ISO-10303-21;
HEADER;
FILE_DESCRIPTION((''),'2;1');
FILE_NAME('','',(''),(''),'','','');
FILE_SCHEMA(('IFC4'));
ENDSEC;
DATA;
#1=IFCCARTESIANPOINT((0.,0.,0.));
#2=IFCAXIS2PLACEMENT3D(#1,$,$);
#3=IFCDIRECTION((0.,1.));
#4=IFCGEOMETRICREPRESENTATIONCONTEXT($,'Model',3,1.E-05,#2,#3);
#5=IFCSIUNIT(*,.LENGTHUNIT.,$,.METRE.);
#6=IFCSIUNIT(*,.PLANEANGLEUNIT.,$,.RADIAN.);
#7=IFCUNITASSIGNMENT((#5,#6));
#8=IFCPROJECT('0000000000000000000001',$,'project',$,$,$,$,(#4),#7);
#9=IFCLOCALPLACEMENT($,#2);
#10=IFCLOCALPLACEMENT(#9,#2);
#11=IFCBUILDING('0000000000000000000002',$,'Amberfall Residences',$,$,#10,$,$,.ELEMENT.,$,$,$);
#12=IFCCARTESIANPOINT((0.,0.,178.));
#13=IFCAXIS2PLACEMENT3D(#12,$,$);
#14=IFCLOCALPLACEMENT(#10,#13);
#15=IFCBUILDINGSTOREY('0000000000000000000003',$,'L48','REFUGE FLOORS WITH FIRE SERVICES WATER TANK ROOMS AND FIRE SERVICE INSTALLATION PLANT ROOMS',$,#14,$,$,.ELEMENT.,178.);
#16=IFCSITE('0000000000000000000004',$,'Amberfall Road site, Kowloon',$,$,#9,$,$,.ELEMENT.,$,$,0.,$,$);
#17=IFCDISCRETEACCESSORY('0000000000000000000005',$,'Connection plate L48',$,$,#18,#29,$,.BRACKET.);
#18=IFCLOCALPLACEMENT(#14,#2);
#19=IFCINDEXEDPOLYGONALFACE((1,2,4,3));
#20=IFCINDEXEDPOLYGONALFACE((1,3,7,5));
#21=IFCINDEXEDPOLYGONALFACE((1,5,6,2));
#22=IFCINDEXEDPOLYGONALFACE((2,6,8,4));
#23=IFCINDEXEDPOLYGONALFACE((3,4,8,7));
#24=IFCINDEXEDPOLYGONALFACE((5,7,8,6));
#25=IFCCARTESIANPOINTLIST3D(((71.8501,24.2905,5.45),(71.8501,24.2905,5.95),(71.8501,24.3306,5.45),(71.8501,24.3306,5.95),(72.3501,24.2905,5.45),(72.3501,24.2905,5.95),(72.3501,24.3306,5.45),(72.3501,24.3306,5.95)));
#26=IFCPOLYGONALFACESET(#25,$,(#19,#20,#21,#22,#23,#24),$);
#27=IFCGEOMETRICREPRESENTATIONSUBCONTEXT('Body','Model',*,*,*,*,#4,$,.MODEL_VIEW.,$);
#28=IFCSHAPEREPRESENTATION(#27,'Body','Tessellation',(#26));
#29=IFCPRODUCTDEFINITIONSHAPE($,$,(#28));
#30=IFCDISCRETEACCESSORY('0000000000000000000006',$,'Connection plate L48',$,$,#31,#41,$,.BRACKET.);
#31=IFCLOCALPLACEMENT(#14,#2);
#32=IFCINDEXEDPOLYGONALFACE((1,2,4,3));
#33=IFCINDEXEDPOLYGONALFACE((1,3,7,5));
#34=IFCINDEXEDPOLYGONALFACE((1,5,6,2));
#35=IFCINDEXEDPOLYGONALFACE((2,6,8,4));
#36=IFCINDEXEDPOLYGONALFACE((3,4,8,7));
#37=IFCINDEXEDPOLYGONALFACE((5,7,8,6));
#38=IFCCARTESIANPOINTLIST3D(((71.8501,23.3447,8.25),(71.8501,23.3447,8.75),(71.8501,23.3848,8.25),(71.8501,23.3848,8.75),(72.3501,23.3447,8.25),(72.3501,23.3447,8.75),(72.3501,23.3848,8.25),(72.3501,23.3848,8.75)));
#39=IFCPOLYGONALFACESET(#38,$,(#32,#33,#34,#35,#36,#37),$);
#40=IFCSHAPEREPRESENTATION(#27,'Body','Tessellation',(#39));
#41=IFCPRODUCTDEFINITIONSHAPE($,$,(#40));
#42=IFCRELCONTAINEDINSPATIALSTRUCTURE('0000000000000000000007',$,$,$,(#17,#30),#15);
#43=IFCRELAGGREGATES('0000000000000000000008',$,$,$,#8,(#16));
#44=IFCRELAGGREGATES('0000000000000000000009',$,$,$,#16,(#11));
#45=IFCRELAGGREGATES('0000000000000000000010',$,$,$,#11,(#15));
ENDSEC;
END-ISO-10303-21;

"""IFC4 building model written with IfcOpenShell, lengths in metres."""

from ifc_helpers import new_model, si_unit, direction, frame, origin, origin_2d, place, context, subcontext, project, spatial, rectangle, extrude, element, save


model = new_model("IFC4")

# Units and contexts
model_context = context("Model", 3, precision=1e-05, world=origin(), true_north=direction((0.0, 1.0)))
body_context = subcontext(model_context, "Body", "Model", "MODEL_VIEW")
ifc_project = project(units=[si_unit("LENGTHUNIT", "METRE"), si_unit("PLANEANGLEUNIT", "RADIAN")], contexts=[model_context])

# Site, building, storey
site_placement = place(None, origin())
site = spatial("IfcSite", under=ifc_project, at=site_placement, Name="Amberfall Road site, Kowloon", CompositionType="ELEMENT", RefElevation=0.0)
building_placement = place(site_placement, origin())
building = spatial("IfcBuilding", under=site, at=building_placement, Name="Amberfall Residences", CompositionType="ELEMENT")
storey_placement = place(building_placement, frame((0.0, 0.0, 178.0)))
storey = spatial("IfcBuildingStorey", under=building, at=storey_placement, Name="L48", Description="REFUGE FLOORS WITH FIRE SERVICES WATER TANK ROOMS AND FIRE SERVICE INSTALLATION PLANT ROOMS", CompositionType="ELEMENT", Elevation=178.0)

# Discrete accessories
for number, where, z_axis, x_axis, name in (
    (1, (72.1001, 24.3105, 5.45), (0.0, 0.0, 1.0), (1.0, 0.0, 0.0), "Connection plate L48"),
    (2, (72.1001, 23.3647, 8.25), (0.0, 0.0, 1.0), (1.0, 0.0, 0.0), "Connection plate L48"),
):
    element("IfcDiscreteAccessory", number, at=place(storey_placement, frame(where, z_axis=z_axis, x_axis=x_axis)), inside=storey, Name=name, PredefinedType="BRACKET", context=body_context, shape_type="SweptSolid", body=[
        extrude(rectangle(XDim=0.5, YDim=0.04, at=origin_2d()), origin(), (0.0, 0.0, 1.0), 0.5),
    ])

save(model, "model.ifc")
